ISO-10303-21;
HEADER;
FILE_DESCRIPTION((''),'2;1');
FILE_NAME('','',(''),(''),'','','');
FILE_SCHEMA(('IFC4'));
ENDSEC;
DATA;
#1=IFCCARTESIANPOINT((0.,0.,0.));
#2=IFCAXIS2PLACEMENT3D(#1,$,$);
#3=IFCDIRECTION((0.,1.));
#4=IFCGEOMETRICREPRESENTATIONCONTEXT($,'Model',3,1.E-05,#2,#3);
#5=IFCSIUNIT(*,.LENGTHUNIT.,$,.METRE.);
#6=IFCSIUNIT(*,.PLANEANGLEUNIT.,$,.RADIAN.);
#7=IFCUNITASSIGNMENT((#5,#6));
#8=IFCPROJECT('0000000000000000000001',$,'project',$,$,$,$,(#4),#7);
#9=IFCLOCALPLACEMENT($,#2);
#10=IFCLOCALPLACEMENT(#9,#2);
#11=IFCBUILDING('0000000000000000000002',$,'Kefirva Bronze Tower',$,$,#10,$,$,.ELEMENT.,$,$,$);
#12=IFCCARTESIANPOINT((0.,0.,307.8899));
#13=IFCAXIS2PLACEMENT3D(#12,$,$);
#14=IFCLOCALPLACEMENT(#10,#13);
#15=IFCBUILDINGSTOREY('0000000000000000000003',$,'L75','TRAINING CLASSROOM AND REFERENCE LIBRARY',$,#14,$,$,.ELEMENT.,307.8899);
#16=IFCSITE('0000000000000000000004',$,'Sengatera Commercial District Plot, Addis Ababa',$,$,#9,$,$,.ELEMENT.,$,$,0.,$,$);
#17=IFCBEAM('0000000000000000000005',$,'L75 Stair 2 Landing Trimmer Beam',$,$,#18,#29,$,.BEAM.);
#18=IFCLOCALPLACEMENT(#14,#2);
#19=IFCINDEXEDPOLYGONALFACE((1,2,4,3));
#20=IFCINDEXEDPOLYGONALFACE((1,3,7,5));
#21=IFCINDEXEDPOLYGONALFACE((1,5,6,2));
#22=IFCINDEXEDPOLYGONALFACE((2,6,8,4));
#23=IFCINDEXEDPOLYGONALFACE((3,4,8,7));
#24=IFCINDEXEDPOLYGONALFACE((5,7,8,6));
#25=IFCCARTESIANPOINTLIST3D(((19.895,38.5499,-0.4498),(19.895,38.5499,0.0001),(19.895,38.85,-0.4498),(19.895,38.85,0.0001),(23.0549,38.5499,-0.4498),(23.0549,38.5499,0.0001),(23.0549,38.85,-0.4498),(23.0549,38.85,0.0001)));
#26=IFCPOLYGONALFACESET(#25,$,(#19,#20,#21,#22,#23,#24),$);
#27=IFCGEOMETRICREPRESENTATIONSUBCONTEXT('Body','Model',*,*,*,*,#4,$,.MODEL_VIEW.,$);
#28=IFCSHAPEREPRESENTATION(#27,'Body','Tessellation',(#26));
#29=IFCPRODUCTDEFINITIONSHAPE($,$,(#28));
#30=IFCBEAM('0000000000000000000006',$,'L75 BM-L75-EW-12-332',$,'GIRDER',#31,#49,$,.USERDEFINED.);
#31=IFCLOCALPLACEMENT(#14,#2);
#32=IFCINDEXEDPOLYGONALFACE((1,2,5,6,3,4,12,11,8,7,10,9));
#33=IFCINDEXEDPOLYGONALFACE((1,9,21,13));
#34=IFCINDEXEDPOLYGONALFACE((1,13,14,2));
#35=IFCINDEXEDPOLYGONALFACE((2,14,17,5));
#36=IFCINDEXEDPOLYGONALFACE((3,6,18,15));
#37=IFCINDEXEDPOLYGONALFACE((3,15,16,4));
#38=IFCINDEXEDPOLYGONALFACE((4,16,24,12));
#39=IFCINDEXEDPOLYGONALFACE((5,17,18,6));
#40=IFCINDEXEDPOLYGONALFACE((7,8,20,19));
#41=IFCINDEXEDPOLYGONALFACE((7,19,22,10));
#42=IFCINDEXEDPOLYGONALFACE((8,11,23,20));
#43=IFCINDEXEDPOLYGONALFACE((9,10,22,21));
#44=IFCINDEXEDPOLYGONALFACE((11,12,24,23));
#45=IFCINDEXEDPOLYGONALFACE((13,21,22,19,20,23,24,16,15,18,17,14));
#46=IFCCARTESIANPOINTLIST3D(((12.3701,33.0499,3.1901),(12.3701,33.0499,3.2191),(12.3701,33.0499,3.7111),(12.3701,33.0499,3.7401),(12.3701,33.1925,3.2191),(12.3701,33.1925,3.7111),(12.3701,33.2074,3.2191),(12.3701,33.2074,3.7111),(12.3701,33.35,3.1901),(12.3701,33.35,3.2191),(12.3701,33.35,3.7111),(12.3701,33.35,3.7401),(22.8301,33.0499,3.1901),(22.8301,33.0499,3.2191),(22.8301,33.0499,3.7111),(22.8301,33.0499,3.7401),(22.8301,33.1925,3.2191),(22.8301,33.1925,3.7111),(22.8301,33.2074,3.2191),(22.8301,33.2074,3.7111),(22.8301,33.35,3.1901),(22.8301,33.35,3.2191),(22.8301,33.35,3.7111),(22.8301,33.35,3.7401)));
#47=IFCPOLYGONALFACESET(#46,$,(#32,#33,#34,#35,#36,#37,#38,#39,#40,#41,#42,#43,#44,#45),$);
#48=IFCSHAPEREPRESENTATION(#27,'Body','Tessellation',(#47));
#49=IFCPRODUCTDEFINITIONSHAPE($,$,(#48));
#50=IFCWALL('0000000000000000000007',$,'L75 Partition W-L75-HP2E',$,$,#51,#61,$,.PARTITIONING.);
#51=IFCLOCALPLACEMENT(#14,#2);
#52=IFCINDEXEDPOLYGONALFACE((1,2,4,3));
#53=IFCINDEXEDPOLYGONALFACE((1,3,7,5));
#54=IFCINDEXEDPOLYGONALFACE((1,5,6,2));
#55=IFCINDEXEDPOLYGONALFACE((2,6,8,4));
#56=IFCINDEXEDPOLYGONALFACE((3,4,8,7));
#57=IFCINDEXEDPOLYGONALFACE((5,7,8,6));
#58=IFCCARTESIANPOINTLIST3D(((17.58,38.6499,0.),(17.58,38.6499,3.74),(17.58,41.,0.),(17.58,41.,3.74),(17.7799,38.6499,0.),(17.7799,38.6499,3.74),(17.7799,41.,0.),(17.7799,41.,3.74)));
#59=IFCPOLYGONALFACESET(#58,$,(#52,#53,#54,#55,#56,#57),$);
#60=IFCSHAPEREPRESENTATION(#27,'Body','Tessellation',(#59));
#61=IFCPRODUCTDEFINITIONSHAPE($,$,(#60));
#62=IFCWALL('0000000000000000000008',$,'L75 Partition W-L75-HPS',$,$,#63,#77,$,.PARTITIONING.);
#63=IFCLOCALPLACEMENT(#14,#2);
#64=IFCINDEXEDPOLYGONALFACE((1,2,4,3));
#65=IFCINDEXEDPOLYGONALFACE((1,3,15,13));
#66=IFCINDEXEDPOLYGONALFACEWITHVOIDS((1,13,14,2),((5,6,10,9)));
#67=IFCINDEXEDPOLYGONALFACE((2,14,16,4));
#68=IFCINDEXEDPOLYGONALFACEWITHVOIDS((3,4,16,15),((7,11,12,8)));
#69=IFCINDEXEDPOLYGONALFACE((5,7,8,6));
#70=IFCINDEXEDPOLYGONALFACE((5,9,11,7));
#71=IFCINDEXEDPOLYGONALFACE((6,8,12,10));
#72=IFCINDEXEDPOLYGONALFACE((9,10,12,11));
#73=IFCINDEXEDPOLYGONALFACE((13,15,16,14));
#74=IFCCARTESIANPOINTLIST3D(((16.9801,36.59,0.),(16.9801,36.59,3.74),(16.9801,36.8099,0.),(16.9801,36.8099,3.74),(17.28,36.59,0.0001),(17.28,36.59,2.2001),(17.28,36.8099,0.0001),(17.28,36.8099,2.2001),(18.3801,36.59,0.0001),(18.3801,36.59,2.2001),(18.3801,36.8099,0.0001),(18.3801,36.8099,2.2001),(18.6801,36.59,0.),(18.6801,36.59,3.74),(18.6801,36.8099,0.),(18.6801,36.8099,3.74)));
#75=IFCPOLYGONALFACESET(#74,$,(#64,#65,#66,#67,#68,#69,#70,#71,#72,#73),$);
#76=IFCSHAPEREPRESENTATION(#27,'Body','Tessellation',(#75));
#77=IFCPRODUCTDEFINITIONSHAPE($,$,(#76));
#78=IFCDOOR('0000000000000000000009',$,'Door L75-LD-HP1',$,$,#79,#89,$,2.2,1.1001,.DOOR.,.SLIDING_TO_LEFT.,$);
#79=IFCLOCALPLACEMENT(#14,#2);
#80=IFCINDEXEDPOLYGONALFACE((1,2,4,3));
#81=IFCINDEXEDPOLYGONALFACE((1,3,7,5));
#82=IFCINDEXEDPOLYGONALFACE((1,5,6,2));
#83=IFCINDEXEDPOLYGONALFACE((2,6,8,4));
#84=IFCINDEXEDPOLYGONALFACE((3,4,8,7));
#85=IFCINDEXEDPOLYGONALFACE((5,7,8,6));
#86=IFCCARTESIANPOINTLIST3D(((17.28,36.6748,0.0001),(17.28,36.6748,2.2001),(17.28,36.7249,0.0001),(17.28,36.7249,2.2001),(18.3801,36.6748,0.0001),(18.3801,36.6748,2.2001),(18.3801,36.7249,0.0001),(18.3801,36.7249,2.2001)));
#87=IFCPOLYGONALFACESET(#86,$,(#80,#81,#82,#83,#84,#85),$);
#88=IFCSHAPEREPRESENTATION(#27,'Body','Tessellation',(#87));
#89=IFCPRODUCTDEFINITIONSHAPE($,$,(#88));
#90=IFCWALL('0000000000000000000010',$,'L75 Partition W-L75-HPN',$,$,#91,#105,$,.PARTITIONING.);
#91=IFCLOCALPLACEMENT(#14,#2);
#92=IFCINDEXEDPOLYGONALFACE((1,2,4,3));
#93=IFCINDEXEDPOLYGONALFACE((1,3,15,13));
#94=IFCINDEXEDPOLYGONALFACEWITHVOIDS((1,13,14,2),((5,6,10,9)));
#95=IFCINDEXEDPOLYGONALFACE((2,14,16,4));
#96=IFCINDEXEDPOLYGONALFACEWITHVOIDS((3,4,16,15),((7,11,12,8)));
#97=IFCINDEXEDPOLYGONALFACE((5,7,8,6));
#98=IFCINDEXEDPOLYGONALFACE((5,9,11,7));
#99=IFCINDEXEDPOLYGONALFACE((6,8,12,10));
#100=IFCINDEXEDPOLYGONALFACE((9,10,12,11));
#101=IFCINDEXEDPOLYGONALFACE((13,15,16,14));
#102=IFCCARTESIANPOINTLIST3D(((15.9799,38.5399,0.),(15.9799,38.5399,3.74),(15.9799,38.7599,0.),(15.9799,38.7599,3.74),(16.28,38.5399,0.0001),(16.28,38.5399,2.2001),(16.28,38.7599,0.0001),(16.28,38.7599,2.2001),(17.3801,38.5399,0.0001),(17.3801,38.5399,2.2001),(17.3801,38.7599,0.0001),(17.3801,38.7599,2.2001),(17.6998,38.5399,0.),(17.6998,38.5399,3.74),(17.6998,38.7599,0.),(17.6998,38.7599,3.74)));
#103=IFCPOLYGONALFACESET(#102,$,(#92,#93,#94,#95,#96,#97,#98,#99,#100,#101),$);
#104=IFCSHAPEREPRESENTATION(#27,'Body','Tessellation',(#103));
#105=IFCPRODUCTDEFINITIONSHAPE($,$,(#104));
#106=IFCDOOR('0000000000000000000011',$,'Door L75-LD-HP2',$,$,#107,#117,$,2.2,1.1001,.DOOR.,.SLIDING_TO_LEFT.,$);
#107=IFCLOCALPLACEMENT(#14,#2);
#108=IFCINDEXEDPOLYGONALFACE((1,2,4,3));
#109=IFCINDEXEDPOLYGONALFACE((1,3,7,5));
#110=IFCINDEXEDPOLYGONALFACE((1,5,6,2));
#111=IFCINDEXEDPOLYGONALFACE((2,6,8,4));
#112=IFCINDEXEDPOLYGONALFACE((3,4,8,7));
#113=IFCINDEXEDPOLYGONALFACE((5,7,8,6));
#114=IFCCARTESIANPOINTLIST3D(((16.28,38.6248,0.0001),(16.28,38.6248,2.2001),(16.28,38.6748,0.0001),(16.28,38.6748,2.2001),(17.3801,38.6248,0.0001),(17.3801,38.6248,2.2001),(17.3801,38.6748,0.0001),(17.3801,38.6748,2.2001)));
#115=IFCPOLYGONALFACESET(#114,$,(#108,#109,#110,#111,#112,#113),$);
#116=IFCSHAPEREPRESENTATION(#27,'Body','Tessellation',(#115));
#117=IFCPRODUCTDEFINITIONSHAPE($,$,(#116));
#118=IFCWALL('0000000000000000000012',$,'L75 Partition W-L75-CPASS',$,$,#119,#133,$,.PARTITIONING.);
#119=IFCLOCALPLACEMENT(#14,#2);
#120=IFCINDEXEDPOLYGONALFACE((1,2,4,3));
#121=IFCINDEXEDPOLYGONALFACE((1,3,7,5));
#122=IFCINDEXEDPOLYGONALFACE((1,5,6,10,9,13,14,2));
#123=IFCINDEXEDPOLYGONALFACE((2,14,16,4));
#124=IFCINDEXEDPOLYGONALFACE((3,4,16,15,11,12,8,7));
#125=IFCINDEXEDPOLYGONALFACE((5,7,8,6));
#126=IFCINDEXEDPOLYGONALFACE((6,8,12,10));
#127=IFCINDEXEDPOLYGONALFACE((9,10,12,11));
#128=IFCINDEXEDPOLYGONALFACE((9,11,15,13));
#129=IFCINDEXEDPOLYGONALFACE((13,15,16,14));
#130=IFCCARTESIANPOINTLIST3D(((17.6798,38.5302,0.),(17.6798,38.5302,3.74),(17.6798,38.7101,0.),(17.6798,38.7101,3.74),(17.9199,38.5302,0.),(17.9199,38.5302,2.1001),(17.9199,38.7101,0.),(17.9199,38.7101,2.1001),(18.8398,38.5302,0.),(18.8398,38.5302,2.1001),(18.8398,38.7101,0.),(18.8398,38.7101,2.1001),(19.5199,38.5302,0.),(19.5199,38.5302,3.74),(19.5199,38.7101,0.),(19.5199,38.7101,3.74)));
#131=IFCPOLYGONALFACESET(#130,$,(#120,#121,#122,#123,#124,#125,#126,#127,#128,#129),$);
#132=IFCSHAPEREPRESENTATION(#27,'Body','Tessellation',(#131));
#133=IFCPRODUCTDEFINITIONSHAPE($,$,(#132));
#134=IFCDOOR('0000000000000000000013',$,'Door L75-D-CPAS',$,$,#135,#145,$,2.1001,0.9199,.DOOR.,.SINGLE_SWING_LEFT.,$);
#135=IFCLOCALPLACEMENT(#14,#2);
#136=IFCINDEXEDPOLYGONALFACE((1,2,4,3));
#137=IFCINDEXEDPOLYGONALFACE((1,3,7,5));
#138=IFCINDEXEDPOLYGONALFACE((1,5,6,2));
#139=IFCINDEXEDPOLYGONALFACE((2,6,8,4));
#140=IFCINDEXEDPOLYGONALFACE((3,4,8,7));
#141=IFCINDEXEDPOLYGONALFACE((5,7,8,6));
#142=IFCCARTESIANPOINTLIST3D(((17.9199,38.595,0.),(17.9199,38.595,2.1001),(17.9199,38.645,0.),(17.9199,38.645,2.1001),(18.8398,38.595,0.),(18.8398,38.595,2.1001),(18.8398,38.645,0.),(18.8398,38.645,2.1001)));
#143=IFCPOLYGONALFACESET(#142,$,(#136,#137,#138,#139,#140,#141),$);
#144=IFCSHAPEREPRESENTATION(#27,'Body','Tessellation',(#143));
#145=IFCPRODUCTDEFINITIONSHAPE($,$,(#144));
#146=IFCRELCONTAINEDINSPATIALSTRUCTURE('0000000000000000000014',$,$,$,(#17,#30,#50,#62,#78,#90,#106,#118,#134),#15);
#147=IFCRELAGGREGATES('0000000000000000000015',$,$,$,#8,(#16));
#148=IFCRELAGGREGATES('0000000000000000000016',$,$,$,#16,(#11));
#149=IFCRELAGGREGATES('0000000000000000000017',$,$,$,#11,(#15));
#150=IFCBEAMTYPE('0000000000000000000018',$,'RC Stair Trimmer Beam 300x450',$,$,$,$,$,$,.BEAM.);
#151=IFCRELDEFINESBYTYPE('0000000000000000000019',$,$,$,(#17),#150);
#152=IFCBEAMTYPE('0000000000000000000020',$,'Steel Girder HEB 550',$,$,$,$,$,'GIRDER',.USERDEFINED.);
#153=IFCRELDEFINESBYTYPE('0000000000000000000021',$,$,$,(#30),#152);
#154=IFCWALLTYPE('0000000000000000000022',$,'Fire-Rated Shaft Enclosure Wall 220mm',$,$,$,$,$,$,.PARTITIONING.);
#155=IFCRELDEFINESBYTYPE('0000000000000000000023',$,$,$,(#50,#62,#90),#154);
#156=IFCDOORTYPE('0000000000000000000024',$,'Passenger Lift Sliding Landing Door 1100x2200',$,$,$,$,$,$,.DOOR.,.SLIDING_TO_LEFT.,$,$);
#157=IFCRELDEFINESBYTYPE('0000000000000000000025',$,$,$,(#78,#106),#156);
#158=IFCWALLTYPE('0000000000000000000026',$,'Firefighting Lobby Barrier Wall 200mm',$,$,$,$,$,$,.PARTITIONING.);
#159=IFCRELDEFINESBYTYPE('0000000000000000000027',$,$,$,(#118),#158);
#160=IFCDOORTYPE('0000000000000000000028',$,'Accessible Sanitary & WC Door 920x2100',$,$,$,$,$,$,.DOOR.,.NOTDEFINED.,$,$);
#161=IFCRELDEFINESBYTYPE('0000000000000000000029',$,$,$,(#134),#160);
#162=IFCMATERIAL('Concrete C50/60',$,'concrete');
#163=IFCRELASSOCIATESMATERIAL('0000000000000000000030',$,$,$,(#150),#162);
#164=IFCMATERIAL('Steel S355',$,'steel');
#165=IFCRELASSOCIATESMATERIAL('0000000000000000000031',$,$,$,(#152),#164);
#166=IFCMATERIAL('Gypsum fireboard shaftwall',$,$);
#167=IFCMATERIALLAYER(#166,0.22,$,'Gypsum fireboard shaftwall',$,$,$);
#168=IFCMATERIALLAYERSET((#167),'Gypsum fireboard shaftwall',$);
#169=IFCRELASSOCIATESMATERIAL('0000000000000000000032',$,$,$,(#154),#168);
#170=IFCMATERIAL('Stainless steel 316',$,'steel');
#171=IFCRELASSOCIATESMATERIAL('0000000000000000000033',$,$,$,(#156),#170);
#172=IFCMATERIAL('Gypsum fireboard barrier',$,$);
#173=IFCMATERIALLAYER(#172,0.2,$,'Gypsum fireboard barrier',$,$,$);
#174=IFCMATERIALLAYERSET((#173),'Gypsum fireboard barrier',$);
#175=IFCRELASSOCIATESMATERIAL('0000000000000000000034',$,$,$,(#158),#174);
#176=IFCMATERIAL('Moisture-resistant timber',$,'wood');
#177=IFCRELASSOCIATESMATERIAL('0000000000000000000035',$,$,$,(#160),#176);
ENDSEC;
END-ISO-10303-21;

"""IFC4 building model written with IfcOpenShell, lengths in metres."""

from ifc_helpers import new_model, si_unit, direction, frame, frame_2d, origin, origin_2d, place, context, subcontext, project, spatial, rectangle, i_section, extrude, material, layer, layer_set, material_profile, profile_set, type_object, element, fill, save


model = new_model("IFC4")

# Units and contexts
model_context = context("Model", 3, precision=1e-05, world=origin(), true_north=direction((0.0, 1.0)))
body_context = subcontext(model_context, "Body", "Model", "MODEL_VIEW")
ifc_project = project(units=[si_unit("LENGTHUNIT", "METRE"), si_unit("PLANEANGLEUNIT", "RADIAN")], contexts=[model_context])

# Site, building, storey
site_placement = place(None, origin())
site = spatial("IfcSite", under=ifc_project, at=site_placement, Name="Sengatera Commercial District Plot, Addis Ababa", CompositionType="ELEMENT", RefElevation=0.0)
building_placement = place(site_placement, origin())
building = spatial("IfcBuilding", under=site, at=building_placement, Name="Kefirva Bronze Tower", CompositionType="ELEMENT")
storey_placement = place(building_placement, frame((0.0, 0.0, 307.8899)))
storey = spatial("IfcBuildingStorey", under=building, at=storey_placement, Name="L75", Description="TRAINING CLASSROOM AND REFERENCE LIBRARY", CompositionType="ELEMENT", Elevation=307.8899)

# Beams
ifc_material_1 = material(Name="Concrete C50/60", Category="concrete")
ifc_material_profile_1 = material_profile(ifc_material_1, rectangle(XDim=0.3, YDim=0.45, at=origin_2d()), Name="RC 300x450")
ifc_profile_set_1 = profile_set([ifc_material_profile_1], Name="Concrete C50/60")
beam_type_1 = type_object("IfcBeamType", Name="RC Stair Trimmer Beam 300x450", PredefinedType="BEAM", material=ifc_profile_set_1)
beam_1_placement = place(storey_placement, frame((19.895, 38.7, -0.2249), z_axis=(1.0, 0.0, 0.0), x_axis=(0.0, 1.0, 0.0)))
element("IfcBeam", 1, at=beam_1_placement, inside=storey, type_object=beam_type_1, Name="L75 Stair 2 Landing Trimmer Beam", PredefinedType="BEAM", context=body_context, shape_type="SweptSolid", body=[
    extrude(rectangle(XDim=0.3, YDim=0.45, at=origin_2d()), origin(), (0.0, 0.0, 1.0), 3.1599),
])
ifc_material_2 = material(Name="Steel S355", Category="steel")
ifc_material_profile_2 = material_profile(ifc_material_2, i_section(OverallWidth=0.3, OverallDepth=0.55, WebThickness=0.0149, FlangeThickness=0.0291, at=origin_2d()), Name="HEB 550")
ifc_profile_set_2 = profile_set([ifc_material_profile_2], Name="Steel S355")
beam_type_2 = type_object("IfcBeamType", Name="Steel Girder HEB 550", ElementType="GIRDER", PredefinedType="USERDEFINED", material=ifc_profile_set_2)
beam_2_placement = place(storey_placement, frame((12.3701, 33.2, 3.4651), z_axis=(1.0, 0.0, 0.0), x_axis=(0.0, 1.0, 0.0)))
element("IfcBeam", 2, at=beam_2_placement, inside=storey, type_object=beam_type_2, Name="L75 BM-L75-EW-12-332", ObjectType="GIRDER", PredefinedType="USERDEFINED", context=body_context, shape_type="SweptSolid", body=[
    extrude(i_section(OverallWidth=0.3, OverallDepth=0.55, WebThickness=0.0149, FlangeThickness=0.0291, at=origin_2d()), origin(), (0.0, 0.0, 1.0), 10.46),
])

# Shared definitions
ifc_material_3 = material(Name="Gypsum fireboard shaftwall")
ifc_layer_1 = layer(ifc_material_3, 0.22, Name="Gypsum fireboard shaftwall")
ifc_layer_set_1 = layer_set([ifc_layer_1], Name="Gypsum fireboard shaftwall")
wall_type_1 = type_object("IfcWallType", Name="Fire-Rated Shaft Enclosure Wall 220mm", PredefinedType="PARTITIONING", material=ifc_layer_set_1)

# Wall
wall_1_placement = place(storey_placement, frame((17.6799, 38.6499, 0.0), z_axis=(0.0, 0.0, 1.0), x_axis=(0.0, 1.0, 0.0)))
element("IfcWall", 3, at=wall_1_placement, inside=storey, type_object=wall_type_1, Name="L75 Partition W-L75-HP2E", PredefinedType="PARTITIONING", context=body_context, shape_type="SweptSolid", body=[
    extrude(rectangle(XDim=2.3501, YDim=0.2, at=frame_2d((1.175, 0.0))), origin(), (0.0, 0.0, 1.0), 3.74),
])

# Walls, openings, doors
wall_2_placement = place(storey_placement, frame((16.98, 36.7, 0.0), z_axis=(0.0, 0.0, 1.0), x_axis=(1.0, 0.0, 0.0)))
wall_2 = element("IfcWall", 4, at=wall_2_placement, inside=storey, type_object=wall_type_1, Name="L75 Partition W-L75-HPS", PredefinedType="PARTITIONING", context=body_context, shape_type="SweptSolid", body=[
    extrude(rectangle(XDim=1.7, YDim=0.22, at=frame_2d((0.8501, 0.0))), origin(), (0.0, 0.0, 1.0), 3.74),
])
opening_1_placement = place(wall_2_placement, frame((0.3, 0.0, 0.0)))
opening_1 = element("IfcOpeningElement", 5, at=opening_1_placement, cuts=wall_2, PredefinedType="OPENING", context=body_context, shape_type="SweptSolid", body=[
    extrude(rectangle(XDim=1.1001, YDim=2.2, at=frame_2d((0.55, 1.1001))), frame((0.0, 0.1201, 0.0), z_axis=(0.0, -1.0, 0.0), x_axis=(1.0, 0.0, 0.0)), (0.0, 0.0, 1.0), 0.24),
])
ifc_material_4 = material(Name="Stainless steel 316", Category="steel")
door_type_1 = type_object("IfcDoorType", Name="Passenger Lift Sliding Landing Door 1100x2200", OperationType="SLIDING_TO_LEFT", PredefinedType="DOOR", material=ifc_material_4)
door_1_placement = place(opening_1_placement, origin())
door_1 = element("IfcDoor", 6, at=door_1_placement, inside=storey, type_object=door_type_1, Name="Door L75-LD-HP1", OperationType="SLIDING_TO_LEFT", OverallHeight=2.2, OverallWidth=1.1001, PredefinedType="DOOR", context=body_context, shape_type="SweptSolid", body=[
    extrude(rectangle(XDim=1.1001, YDim=2.2, at=frame_2d((0.55, 1.1001))), frame((0.0, 0.0249, 0.0), z_axis=(0.0, -1.0, 0.0), x_axis=(1.0, 0.0, 0.0)), (0.0, 0.0, 1.0), 0.05),
])
fill(opening_1, door_1)
wall_3_placement = place(storey_placement, frame((15.98, 38.6499, 0.0), z_axis=(0.0, 0.0, 1.0), x_axis=(1.0, 0.0, 0.0)))
wall_3 = element("IfcWall", 7, at=wall_3_placement, inside=storey, type_object=wall_type_1, Name="L75 Partition W-L75-HPN", PredefinedType="PARTITIONING", context=body_context, shape_type="SweptSolid", body=[
    extrude(rectangle(XDim=1.72, YDim=0.22, at=frame_2d((0.8599, 0.0))), origin(), (0.0, 0.0, 1.0), 3.74),
])
opening_2_placement = place(wall_3_placement, frame((0.3, 0.0, 0.0)))
opening_2 = element("IfcOpeningElement", 8, at=opening_2_placement, cuts=wall_3, PredefinedType="OPENING", context=body_context, shape_type="SweptSolid", body=[
    extrude(rectangle(XDim=1.1001, YDim=2.2, at=frame_2d((0.55, 1.1001))), frame((0.0, 0.1201, 0.0), z_axis=(0.0, -1.0, 0.0), x_axis=(1.0, 0.0, 0.0)), (0.0, 0.0, 1.0), 0.24),
])
door_2_placement = place(opening_2_placement, origin())
door_2 = element("IfcDoor", 9, at=door_2_placement, inside=storey, type_object=door_type_1, Name="Door L75-LD-HP2", OperationType="SLIDING_TO_LEFT", OverallHeight=2.2, OverallWidth=1.1001, PredefinedType="DOOR", context=body_context, shape_type="SweptSolid", body=[
    extrude(rectangle(XDim=1.1001, YDim=2.2, at=frame_2d((0.55, 1.1001))), frame((0.0, 0.0249, 0.0), z_axis=(0.0, -1.0, 0.0), x_axis=(1.0, 0.0, 0.0)), (0.0, 0.0, 1.0), 0.05),
])
fill(opening_2, door_2)
ifc_material_5 = material(Name="Gypsum fireboard barrier")
ifc_layer_2 = layer(ifc_material_5, 0.2, Name="Gypsum fireboard barrier")
ifc_layer_set_2 = layer_set([ifc_layer_2], Name="Gypsum fireboard barrier")
wall_type_2 = type_object("IfcWallType", Name="Firefighting Lobby Barrier Wall 200mm", PredefinedType="PARTITIONING", material=ifc_layer_set_2)
wall_4_placement = place(storey_placement, frame((17.6799, 38.6201, 0.0), z_axis=(0.0, 0.0, 1.0), x_axis=(1.0, 0.0, 0.0)))
wall_4 = element("IfcWall", 10, at=wall_4_placement, inside=storey, type_object=wall_type_2, Name="L75 Partition W-L75-CPASS", PredefinedType="PARTITIONING", context=body_context, shape_type="SweptSolid", body=[
    extrude(rectangle(XDim=1.8401, YDim=0.1799, at=frame_2d((0.9199, 0.0))), origin(), (0.0, 0.0, 1.0), 3.74),
])
opening_3_placement = place(wall_4_placement, frame((0.24, 0.0, 0.0)))
opening_3 = element("IfcOpeningElement", 11, at=opening_3_placement, cuts=wall_4, PredefinedType="OPENING", context=body_context, shape_type="SweptSolid", body=[
    extrude(rectangle(XDim=0.9199, YDim=2.1001, at=frame_2d((0.46, 1.05))), frame((0.0, 0.1001, 0.0), z_axis=(0.0, -1.0, 0.0), x_axis=(1.0, 0.0, 0.0)), (0.0, 0.0, 1.0), 0.2),
])
ifc_material_6 = material(Name="Moisture-resistant timber", Category="wood")
door_type_2 = type_object("IfcDoorType", Name="Accessible Sanitary & WC Door 920x2100", OperationType="NOTDEFINED", PredefinedType="DOOR", material=ifc_material_6)
door_3_placement = place(opening_3_placement, origin())
door_3 = element("IfcDoor", 12, at=door_3_placement, inside=storey, type_object=door_type_2, Name="Door L75-D-CPAS", OperationType="SINGLE_SWING_LEFT", OverallHeight=2.1001, OverallWidth=0.9199, PredefinedType="DOOR", context=body_context, shape_type="SweptSolid", body=[
    extrude(rectangle(XDim=0.9199, YDim=2.1001, at=frame_2d((0.46, 1.05))), frame((0.0, 0.0249, 0.0), z_axis=(0.0, -1.0, 0.0), x_axis=(1.0, 0.0, 0.0)), (0.0, 0.0, 1.0), 0.05),
])
fill(opening_3, door_3)

save(model, "model.ifc")
